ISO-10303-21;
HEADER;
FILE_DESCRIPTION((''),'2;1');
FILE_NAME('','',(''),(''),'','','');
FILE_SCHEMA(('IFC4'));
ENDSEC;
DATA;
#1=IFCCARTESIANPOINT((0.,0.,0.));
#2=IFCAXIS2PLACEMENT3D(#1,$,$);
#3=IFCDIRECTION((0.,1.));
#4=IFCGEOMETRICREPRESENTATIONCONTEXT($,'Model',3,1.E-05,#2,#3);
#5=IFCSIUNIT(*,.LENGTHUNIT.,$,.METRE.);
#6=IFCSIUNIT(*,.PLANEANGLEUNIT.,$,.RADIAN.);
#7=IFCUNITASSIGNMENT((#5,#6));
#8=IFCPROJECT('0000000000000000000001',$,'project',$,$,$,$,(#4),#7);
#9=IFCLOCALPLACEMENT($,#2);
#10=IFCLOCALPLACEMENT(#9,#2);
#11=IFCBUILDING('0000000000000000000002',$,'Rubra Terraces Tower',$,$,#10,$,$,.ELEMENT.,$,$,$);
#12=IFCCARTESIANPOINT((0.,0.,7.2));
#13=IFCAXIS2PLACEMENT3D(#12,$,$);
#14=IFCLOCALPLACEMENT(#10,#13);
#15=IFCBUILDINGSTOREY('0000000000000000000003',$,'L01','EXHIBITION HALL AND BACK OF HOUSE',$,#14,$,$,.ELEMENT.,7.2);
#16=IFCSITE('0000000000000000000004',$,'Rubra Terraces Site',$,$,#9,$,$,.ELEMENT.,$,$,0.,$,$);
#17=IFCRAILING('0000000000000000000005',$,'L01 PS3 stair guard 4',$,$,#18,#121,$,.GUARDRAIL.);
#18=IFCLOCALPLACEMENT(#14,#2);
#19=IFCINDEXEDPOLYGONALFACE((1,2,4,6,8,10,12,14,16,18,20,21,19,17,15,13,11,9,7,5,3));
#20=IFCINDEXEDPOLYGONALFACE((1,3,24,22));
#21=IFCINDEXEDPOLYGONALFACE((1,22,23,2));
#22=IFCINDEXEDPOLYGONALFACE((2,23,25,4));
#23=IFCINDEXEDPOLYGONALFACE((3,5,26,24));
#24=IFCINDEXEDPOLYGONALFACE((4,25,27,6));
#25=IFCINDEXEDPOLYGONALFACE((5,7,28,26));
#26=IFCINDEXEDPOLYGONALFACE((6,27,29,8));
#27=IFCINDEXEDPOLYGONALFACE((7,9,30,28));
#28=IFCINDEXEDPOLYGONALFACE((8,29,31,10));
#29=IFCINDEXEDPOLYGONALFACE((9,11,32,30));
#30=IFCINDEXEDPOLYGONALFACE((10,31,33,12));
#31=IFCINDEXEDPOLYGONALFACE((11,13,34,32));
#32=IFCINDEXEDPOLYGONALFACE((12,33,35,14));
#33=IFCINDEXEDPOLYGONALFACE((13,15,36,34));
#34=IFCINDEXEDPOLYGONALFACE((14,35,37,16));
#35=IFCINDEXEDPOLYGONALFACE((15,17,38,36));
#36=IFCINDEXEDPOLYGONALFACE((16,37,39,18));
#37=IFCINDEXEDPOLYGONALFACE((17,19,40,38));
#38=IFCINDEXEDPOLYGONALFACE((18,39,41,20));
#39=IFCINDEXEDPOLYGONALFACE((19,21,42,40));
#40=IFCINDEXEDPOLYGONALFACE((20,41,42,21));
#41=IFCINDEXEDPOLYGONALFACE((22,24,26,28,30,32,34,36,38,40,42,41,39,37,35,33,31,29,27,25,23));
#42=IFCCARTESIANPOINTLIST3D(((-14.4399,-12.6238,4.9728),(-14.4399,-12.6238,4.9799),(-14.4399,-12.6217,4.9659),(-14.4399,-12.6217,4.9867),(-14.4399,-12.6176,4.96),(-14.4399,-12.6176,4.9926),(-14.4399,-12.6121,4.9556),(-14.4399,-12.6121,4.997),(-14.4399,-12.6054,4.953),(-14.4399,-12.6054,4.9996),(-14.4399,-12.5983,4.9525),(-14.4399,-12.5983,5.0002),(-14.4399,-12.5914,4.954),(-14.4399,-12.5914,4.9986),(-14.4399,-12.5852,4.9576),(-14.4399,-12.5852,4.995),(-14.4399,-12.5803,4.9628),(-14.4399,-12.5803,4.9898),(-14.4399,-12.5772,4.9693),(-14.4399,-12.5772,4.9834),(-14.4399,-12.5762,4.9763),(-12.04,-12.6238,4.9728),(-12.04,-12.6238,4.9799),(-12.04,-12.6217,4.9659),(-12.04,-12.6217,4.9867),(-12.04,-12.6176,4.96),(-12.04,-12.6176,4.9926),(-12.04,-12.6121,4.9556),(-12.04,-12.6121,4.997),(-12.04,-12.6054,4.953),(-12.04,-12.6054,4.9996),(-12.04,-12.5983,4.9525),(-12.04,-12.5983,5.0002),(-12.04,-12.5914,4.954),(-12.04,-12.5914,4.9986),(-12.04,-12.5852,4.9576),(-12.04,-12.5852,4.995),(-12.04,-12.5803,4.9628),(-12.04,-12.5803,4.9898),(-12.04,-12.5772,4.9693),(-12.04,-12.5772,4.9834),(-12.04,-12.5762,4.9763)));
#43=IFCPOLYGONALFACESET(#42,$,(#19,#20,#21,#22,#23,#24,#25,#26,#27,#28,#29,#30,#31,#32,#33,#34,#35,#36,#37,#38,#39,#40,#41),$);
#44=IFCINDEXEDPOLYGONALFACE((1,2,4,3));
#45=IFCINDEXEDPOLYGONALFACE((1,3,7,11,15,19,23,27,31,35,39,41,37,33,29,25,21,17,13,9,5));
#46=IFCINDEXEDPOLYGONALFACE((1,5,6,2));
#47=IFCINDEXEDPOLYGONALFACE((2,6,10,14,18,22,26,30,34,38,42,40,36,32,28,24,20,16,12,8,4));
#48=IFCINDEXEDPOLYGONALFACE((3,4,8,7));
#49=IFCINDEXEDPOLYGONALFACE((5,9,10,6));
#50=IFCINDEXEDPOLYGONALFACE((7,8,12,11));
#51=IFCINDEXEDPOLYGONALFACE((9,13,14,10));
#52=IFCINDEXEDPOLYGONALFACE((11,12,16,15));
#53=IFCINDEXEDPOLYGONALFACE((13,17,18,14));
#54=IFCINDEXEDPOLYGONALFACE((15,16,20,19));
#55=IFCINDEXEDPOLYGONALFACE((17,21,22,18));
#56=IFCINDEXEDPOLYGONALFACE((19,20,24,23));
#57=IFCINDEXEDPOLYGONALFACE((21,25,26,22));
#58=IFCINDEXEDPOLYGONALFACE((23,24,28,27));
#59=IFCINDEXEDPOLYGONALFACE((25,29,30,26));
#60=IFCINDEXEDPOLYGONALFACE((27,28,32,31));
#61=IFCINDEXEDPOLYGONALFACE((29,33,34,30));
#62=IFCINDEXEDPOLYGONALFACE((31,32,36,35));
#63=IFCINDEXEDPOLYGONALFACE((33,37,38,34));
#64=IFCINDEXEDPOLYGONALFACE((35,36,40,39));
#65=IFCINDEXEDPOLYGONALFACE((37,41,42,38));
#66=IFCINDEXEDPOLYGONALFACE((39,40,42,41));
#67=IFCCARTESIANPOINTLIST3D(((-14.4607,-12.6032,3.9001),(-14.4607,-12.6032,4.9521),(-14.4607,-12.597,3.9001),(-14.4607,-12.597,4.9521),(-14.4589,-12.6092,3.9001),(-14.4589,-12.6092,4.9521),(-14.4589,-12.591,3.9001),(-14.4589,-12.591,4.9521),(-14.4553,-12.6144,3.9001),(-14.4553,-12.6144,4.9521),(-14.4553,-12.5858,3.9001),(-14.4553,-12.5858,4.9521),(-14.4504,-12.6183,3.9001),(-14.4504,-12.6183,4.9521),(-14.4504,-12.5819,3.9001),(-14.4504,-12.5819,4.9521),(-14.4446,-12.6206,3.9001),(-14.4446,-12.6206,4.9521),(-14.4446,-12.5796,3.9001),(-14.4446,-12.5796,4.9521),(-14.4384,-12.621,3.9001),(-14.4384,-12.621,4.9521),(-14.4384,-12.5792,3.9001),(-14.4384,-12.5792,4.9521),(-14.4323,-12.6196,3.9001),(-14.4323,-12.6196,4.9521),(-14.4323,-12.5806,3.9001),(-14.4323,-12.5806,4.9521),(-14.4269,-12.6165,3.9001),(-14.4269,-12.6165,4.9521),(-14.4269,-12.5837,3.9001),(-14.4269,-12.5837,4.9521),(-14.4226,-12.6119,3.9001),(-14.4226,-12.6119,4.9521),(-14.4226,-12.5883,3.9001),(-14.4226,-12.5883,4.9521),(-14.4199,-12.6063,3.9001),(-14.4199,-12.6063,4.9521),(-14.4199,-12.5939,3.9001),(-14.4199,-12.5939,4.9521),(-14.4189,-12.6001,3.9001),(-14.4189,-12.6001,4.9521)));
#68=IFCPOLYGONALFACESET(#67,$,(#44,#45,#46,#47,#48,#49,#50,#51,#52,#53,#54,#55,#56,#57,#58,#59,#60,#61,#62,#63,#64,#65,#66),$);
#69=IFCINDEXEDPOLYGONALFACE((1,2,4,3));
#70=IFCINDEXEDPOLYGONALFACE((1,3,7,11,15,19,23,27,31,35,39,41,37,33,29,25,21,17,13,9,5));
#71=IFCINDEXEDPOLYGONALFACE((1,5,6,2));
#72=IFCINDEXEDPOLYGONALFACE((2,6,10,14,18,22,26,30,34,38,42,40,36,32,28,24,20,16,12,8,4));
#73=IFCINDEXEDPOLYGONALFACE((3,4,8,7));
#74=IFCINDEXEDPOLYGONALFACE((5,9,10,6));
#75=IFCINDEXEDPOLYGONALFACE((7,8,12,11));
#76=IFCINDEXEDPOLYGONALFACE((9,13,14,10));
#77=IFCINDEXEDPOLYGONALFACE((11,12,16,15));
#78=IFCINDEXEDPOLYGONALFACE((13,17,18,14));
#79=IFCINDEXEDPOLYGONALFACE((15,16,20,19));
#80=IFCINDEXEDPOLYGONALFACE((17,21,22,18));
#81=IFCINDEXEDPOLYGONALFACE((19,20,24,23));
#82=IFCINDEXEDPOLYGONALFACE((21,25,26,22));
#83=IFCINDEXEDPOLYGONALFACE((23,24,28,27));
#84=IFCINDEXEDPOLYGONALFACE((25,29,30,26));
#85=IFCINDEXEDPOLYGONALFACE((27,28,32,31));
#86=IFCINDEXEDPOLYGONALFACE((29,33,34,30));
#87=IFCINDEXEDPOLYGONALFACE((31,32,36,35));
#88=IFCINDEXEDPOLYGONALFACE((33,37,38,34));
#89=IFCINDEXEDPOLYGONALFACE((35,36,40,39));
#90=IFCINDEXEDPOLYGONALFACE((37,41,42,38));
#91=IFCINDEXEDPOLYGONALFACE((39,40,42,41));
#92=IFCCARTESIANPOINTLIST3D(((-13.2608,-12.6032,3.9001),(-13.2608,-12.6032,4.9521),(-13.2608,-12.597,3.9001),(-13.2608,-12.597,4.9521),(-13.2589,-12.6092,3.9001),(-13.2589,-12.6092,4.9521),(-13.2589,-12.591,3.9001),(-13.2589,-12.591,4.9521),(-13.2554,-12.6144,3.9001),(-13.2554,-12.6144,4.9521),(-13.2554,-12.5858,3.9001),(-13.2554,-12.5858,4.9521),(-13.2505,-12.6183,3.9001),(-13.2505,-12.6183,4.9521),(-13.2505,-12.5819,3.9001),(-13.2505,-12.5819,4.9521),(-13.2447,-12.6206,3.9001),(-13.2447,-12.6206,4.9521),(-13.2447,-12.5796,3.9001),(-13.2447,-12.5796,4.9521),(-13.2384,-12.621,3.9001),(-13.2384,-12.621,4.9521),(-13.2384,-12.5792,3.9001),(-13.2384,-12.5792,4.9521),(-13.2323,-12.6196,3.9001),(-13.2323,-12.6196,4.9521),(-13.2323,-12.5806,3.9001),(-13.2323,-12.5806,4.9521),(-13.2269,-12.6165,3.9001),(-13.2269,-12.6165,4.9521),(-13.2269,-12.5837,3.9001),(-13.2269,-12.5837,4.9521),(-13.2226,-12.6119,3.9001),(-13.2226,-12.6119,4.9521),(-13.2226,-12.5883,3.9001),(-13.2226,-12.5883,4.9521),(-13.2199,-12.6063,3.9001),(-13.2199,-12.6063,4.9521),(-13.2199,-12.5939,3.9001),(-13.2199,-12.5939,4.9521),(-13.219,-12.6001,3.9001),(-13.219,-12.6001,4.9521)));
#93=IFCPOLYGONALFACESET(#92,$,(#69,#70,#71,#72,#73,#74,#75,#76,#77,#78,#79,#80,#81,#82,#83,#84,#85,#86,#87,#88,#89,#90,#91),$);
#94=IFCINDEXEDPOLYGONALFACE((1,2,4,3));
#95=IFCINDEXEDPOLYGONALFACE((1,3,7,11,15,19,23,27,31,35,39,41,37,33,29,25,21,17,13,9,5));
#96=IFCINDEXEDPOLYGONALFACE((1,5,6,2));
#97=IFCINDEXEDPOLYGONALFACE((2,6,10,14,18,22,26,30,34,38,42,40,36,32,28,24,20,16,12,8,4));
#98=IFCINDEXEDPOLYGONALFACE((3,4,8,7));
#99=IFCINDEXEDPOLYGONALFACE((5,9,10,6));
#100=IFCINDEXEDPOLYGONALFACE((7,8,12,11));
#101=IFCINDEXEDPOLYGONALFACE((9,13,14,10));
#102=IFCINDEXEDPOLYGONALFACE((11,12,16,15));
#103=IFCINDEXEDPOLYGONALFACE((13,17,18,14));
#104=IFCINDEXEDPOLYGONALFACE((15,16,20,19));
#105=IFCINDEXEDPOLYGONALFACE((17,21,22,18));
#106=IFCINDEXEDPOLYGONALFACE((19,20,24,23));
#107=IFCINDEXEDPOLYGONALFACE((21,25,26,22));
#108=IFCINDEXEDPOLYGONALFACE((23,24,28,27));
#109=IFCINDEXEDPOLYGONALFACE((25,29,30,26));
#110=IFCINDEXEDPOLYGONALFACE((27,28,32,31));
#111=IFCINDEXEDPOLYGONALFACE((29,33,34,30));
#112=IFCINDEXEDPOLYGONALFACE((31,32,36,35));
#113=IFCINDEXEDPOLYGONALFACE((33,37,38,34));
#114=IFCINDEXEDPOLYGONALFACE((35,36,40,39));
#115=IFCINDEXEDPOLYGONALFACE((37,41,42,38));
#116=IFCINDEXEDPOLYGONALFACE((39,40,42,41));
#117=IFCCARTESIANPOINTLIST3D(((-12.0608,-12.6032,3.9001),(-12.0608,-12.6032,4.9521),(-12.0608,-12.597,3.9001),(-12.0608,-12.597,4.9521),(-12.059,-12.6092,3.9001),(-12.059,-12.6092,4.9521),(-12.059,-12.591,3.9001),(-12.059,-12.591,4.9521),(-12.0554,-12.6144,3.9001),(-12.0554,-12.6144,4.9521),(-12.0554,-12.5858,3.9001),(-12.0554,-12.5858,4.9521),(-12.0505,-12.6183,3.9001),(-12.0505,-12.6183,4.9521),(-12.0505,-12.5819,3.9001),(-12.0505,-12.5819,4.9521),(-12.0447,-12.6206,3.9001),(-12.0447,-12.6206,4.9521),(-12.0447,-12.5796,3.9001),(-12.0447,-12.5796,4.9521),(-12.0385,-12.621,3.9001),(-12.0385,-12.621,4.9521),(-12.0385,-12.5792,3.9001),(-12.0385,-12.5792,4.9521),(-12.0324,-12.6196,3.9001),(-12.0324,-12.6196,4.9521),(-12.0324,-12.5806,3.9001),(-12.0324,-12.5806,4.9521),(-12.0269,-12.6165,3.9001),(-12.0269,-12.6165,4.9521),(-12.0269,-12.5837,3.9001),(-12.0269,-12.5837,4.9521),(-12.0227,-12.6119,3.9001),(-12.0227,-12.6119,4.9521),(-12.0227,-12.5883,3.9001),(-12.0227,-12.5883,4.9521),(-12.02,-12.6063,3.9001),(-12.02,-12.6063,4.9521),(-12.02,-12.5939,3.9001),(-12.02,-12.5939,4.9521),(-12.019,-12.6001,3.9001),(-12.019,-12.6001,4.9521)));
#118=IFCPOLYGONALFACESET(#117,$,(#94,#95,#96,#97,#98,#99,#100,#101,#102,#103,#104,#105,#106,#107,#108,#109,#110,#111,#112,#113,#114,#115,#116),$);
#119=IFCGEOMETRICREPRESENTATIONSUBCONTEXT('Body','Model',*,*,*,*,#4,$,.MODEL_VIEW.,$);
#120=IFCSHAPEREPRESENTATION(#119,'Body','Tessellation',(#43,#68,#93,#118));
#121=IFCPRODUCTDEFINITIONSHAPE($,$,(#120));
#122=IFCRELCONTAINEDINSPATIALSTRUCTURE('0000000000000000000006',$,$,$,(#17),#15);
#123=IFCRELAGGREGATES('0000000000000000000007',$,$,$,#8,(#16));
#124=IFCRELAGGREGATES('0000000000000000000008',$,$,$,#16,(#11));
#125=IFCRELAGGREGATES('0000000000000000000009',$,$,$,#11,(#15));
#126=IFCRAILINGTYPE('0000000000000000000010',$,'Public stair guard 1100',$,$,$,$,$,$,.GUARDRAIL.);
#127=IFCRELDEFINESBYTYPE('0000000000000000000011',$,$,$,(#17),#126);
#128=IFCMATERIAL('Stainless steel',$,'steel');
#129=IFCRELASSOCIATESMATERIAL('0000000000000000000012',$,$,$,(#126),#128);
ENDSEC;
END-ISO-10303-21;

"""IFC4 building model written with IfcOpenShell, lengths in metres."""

from ifc_helpers import new_model, si_unit, direction, frame, origin, origin_2d, place, context, subcontext, project, spatial, circle, extrude, material, type_object, element, save


model = new_model("IFC4")

# Units and contexts
model_context = context("Model", 3, precision=1e-05, world=origin(), true_north=direction((0.0, 1.0)))
body_context = subcontext(model_context, "Body", "Model", "MODEL_VIEW")
ifc_project = project(units=[si_unit("LENGTHUNIT", "METRE"), si_unit("PLANEANGLEUNIT", "RADIAN")], contexts=[model_context])

# Site, building, storey
site_placement = place(None, origin())
site = spatial("IfcSite", under=ifc_project, at=site_placement, Name="Rubra Terraces Site", CompositionType="ELEMENT", RefElevation=0.0)
building_placement = place(site_placement, origin())
building = spatial("IfcBuilding", under=site, at=building_placement, Name="Rubra Terraces Tower", CompositionType="ELEMENT")
storey_placement = place(building_placement, frame((0.0, 0.0, 7.2)))
storey = spatial("IfcBuildingStorey", under=building, at=storey_placement, Name="L01", Description="EXHIBITION HALL AND BACK OF HOUSE", CompositionType="ELEMENT", Elevation=7.2)

# Railing
ifc_material_1 = material(Name="Stainless steel", Category="steel")
railing_type_1 = type_object("IfcRailingType", Name="Public stair guard 1100", PredefinedType="GUARDRAIL", material=ifc_material_1)
for number, where, name in (
    (1, (-14.4399, -12.6001, 3.9001), "L01 PS3 stair guard 4"),
):
    element("IfcRailing", number, at=place(storey_placement, frame(where)), inside=storey, type_object=railing_type_1, Name=name, PredefinedType="GUARDRAIL", context=body_context, shape_type="SweptSolid", body=[
        extrude(circle(Radius=0.0239, at=origin_2d()), frame((0.0, 0.0, 1.0762), z_axis=(1.0, 0.0, 0.0), x_axis=(0.0, 1.0, 0.0)), (0.0, 0.0, 1.0), 2.3999),
        extrude(circle(Radius=0.021, at=origin_2d()), origin(), (0.0, 0.0, 1.0), 1.052),
        extrude(circle(Radius=0.021, at=origin_2d()), frame((1.2, 0.0, 0.0)), (0.0, 0.0, 1.0), 1.052),
        extrude(circle(Radius=0.021, at=origin_2d()), frame((2.3999, 0.0, 0.0)), (0.0, 0.0, 1.0), 1.052),
    ])

save(model, "model.ifc")
